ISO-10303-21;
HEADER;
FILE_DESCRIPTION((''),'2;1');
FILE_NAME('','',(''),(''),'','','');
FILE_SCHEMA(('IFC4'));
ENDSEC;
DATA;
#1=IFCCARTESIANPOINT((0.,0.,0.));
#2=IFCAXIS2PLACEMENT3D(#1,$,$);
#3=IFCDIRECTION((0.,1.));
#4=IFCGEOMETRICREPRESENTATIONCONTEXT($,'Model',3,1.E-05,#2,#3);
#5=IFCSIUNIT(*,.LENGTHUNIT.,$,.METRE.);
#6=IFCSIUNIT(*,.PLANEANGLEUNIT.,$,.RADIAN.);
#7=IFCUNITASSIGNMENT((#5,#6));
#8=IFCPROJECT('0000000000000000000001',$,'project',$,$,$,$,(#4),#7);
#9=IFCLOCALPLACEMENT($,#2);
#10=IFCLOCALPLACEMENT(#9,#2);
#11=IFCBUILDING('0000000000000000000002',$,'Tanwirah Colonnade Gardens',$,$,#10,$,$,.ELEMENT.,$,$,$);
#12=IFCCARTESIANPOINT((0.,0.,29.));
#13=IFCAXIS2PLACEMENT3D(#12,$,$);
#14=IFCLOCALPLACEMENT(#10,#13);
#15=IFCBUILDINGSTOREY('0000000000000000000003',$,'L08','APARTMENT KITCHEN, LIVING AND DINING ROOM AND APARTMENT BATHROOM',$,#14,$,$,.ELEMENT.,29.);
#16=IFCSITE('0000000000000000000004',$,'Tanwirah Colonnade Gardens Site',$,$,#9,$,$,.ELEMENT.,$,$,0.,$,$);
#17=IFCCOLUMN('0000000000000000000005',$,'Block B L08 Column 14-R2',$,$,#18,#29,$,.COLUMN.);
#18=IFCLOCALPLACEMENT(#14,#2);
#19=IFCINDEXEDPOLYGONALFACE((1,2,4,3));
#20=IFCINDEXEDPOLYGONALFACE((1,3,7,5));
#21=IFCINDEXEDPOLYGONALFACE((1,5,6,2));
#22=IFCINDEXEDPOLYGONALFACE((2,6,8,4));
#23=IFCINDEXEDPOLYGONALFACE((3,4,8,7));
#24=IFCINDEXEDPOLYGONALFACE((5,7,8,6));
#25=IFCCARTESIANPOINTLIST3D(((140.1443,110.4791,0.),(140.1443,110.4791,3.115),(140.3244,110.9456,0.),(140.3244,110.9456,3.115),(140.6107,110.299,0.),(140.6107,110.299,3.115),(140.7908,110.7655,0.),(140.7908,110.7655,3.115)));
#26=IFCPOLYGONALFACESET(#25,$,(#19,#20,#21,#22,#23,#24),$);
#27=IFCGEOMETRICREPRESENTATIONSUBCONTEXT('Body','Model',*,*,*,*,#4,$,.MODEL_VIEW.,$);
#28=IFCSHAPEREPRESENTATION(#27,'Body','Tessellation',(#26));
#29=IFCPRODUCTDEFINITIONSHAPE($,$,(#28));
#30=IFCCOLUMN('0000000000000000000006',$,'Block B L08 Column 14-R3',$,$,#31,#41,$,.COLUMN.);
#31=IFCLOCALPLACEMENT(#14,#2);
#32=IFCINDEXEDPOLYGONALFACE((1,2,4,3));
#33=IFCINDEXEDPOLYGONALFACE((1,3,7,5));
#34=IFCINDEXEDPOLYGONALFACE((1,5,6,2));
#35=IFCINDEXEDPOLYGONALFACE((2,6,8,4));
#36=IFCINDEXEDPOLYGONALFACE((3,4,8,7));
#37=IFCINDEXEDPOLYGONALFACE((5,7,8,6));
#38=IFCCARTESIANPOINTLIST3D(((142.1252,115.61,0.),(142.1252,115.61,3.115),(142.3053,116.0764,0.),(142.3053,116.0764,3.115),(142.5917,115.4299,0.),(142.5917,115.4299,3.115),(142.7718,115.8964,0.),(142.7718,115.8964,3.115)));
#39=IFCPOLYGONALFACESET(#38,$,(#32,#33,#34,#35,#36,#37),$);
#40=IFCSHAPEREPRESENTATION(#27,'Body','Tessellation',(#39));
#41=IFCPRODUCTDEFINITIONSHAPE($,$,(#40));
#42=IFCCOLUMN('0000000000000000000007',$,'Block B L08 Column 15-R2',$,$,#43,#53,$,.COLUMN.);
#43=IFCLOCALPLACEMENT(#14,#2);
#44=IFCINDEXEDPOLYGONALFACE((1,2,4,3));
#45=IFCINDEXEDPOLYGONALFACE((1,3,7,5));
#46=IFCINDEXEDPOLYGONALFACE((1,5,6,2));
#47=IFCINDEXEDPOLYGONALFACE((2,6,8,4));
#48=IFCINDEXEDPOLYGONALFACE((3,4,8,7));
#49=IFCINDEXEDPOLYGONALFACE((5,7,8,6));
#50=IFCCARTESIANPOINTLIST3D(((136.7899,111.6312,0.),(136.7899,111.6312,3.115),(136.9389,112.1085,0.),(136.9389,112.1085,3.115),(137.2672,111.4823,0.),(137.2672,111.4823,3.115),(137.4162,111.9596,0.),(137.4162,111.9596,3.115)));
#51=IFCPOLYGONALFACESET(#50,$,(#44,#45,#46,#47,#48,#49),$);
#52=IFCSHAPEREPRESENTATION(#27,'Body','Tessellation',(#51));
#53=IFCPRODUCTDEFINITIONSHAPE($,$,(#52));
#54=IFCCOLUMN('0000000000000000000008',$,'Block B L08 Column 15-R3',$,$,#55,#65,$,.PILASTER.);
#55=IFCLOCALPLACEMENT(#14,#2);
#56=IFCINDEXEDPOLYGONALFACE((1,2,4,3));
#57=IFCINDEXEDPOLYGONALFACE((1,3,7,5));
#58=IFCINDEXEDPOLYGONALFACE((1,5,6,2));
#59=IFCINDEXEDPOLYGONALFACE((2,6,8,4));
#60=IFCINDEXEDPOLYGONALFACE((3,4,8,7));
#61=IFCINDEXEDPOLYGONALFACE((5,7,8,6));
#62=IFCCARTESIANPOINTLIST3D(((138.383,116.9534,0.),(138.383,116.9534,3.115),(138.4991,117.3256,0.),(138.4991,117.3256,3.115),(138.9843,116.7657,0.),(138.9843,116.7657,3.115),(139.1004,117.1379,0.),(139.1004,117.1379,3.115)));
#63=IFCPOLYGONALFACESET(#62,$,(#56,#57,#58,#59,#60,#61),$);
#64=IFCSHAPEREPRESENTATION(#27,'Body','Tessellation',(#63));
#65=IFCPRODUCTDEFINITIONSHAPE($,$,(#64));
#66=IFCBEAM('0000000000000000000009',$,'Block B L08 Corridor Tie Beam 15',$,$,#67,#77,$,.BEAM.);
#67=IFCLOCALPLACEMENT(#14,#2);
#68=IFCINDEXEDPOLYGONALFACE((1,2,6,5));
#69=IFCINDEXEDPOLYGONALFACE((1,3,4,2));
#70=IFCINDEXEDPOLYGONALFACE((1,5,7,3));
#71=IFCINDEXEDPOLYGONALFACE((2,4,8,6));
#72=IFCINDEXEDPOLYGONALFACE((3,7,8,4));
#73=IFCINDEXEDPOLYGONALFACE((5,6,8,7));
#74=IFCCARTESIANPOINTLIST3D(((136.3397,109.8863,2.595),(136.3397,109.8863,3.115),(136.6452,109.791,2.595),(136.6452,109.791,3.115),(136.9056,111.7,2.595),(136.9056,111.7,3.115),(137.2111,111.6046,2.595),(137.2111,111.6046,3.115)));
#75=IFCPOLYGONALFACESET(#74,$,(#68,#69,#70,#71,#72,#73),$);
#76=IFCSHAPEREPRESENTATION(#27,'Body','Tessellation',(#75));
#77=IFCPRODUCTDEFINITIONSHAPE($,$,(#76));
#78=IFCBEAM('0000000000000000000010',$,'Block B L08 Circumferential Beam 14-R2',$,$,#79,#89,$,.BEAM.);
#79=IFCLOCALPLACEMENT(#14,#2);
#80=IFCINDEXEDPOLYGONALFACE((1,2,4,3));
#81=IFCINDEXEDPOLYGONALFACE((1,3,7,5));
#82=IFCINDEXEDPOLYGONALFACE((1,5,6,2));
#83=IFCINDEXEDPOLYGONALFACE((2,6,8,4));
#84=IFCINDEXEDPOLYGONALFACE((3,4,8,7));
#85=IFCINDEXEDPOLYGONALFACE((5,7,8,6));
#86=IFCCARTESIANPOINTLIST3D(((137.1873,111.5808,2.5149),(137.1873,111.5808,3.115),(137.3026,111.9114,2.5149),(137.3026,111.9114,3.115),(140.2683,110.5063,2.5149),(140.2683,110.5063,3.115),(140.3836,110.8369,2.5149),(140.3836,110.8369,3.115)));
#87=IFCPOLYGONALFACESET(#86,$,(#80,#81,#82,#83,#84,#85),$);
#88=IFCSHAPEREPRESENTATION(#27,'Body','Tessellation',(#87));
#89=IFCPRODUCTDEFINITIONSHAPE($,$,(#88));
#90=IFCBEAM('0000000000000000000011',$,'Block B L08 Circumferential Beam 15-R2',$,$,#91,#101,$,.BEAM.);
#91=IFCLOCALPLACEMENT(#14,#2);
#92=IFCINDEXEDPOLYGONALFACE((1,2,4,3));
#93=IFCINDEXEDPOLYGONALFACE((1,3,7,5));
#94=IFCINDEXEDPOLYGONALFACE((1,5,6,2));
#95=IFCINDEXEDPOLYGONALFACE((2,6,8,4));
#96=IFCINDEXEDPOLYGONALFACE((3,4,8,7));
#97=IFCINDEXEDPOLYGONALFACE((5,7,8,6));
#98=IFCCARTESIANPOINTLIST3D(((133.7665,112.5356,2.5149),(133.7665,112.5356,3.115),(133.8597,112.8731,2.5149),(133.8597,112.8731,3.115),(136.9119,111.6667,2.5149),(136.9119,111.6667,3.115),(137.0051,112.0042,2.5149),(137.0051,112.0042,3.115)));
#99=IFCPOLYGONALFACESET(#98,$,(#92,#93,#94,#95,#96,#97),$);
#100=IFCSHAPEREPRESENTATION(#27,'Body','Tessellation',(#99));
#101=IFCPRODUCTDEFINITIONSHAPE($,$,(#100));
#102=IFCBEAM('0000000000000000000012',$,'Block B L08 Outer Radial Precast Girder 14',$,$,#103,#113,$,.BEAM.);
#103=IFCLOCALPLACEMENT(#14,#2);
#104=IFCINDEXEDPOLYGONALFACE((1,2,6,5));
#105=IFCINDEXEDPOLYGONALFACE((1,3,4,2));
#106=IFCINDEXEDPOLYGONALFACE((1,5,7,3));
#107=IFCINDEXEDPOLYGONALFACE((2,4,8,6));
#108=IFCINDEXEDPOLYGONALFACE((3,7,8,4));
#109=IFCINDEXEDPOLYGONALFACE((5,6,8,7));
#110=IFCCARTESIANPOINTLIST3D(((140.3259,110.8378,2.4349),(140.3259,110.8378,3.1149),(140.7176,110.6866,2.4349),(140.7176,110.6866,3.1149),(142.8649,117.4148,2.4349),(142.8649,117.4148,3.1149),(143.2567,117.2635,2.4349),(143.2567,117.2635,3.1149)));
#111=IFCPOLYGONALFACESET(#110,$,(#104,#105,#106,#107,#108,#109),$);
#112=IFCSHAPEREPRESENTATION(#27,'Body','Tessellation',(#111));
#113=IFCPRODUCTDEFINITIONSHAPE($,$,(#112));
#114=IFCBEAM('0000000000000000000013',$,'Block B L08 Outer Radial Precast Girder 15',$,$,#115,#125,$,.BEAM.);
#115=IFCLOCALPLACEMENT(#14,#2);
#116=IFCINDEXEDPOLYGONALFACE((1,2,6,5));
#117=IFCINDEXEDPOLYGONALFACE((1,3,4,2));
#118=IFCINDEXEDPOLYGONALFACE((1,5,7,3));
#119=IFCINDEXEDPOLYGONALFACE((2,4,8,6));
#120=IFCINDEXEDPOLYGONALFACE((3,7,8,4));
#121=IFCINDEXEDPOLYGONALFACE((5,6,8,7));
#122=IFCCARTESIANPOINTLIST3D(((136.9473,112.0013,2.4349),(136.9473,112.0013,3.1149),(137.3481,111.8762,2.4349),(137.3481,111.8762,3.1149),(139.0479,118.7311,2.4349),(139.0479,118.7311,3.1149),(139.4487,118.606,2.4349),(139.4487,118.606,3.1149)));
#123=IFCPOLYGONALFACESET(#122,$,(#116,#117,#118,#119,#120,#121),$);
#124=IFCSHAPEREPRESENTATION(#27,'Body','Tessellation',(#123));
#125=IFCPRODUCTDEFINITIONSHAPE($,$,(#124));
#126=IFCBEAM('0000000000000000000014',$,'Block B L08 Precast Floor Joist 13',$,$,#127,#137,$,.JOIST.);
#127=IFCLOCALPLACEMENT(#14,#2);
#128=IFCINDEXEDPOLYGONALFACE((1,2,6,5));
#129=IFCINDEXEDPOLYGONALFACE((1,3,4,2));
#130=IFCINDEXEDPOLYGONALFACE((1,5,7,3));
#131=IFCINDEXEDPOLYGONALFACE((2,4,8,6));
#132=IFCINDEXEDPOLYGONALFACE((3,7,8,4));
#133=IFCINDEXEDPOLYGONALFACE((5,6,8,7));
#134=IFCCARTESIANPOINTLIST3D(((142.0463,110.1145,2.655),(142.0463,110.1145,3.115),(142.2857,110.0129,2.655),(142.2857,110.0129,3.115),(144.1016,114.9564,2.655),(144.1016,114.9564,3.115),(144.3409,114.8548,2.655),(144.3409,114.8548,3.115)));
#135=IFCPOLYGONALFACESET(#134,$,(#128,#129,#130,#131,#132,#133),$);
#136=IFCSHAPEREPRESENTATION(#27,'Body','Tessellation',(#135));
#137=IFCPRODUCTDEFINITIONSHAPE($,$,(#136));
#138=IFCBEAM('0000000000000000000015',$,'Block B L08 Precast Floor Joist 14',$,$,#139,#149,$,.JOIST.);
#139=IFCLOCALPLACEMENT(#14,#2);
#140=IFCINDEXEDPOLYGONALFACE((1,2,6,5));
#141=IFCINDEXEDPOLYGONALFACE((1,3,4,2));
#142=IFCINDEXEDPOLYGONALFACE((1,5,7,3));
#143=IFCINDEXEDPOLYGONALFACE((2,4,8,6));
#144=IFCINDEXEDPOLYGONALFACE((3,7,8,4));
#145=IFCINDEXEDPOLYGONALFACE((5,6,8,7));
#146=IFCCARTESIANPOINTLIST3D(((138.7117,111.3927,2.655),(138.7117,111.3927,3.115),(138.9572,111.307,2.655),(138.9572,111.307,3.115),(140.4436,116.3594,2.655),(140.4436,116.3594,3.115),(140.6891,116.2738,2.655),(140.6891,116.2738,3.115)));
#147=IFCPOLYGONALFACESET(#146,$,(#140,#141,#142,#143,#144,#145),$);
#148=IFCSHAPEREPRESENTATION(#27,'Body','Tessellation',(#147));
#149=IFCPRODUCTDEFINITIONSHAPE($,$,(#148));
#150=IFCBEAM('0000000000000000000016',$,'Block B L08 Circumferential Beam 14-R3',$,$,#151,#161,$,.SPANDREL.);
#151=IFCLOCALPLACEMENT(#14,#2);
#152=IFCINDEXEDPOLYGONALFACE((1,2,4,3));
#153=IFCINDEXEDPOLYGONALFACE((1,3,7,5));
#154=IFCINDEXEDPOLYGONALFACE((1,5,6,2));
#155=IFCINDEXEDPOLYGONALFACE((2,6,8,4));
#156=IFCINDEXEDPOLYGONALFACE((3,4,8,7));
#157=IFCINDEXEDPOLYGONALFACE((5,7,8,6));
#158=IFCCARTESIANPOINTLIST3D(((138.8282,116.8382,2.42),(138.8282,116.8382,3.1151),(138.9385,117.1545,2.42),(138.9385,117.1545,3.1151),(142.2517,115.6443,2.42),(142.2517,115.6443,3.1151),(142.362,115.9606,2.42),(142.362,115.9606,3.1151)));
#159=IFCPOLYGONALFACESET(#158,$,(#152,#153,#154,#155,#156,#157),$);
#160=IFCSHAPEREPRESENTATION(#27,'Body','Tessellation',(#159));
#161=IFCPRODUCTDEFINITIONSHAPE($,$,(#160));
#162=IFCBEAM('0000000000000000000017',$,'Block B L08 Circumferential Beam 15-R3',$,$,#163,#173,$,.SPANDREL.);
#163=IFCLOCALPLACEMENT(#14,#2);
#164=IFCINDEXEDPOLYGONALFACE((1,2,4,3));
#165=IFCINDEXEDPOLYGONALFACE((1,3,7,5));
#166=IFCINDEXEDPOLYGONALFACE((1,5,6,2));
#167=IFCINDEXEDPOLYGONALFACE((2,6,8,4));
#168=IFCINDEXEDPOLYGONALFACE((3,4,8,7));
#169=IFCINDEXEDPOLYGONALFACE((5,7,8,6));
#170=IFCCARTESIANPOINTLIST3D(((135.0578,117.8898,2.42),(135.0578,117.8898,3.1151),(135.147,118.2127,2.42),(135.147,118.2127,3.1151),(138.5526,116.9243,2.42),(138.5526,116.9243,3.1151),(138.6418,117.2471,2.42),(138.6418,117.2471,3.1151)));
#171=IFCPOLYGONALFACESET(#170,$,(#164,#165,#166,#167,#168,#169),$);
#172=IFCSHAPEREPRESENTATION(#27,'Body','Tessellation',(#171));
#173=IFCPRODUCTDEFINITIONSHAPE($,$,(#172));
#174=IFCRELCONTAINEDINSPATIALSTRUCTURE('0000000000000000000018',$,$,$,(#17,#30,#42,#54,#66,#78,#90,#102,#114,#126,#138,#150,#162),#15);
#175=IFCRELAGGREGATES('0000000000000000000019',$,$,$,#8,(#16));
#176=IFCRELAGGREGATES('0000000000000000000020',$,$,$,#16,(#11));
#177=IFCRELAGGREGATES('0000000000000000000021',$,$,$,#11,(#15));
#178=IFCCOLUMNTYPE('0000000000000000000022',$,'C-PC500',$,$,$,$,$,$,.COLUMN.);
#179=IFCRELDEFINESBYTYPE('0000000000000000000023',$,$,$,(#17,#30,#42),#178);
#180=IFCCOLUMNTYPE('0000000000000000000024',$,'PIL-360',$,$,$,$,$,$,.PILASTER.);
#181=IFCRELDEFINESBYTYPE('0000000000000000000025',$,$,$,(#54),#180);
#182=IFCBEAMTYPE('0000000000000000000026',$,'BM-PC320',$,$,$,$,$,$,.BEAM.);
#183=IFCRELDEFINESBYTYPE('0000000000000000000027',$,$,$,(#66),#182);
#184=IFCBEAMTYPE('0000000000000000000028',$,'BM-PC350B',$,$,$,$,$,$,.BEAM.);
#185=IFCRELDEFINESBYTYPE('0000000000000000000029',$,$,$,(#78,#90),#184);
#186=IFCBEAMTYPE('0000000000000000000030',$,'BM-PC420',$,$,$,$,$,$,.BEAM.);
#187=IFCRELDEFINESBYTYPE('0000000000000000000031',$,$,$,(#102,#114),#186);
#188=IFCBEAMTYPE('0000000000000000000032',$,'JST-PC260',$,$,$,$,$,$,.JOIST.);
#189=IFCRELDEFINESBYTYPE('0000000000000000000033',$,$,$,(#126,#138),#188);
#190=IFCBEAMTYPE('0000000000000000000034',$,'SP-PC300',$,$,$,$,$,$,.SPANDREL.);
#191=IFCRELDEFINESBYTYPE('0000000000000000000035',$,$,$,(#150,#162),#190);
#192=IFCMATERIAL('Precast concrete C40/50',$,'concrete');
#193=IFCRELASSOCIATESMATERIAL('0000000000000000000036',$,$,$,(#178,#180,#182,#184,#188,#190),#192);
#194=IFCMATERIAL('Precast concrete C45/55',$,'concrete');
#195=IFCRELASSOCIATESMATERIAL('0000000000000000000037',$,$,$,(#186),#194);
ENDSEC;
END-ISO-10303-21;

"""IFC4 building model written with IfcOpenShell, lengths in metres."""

from ifc_helpers import new_model, si_unit, direction, frame, origin, origin_2d, place, context, subcontext, project, spatial, rectangle, extrude, material, material_profile, profile_set, type_object, element, save


model = new_model("IFC4")

# Units and contexts
model_context = context("Model", 3, precision=1e-05, world=origin(), true_north=direction((0.0, 1.0)))
body_context = subcontext(model_context, "Body", "Model", "MODEL_VIEW")
ifc_project = project(units=[si_unit("LENGTHUNIT", "METRE"), si_unit("PLANEANGLEUNIT", "RADIAN")], contexts=[model_context])

# Site, building, storey
site_placement = place(None, origin())
site = spatial("IfcSite", under=ifc_project, at=site_placement, Name="Tanwirah Colonnade Gardens Site", CompositionType="ELEMENT", RefElevation=0.0)
building_placement = place(site_placement, origin())
building = spatial("IfcBuilding", under=site, at=building_placement, Name="Tanwirah Colonnade Gardens", CompositionType="ELEMENT")
storey_placement = place(building_placement, frame((0.0, 0.0, 29.0)))
storey = spatial("IfcBuildingStorey", under=building, at=storey_placement, Name="L08", Description="APARTMENT KITCHEN, LIVING AND DINING ROOM AND APARTMENT BATHROOM", CompositionType="ELEMENT", Elevation=29.0)

# Columns
ifc_material_1 = material(Name="Precast concrete C40/50", Category="concrete")
ifc_material_profile_1 = material_profile(ifc_material_1, rectangle(XDim=0.5, YDim=0.5, at=origin_2d()), Name="PC-COL 500x500")
ifc_profile_set_1 = profile_set([ifc_material_profile_1], Name="Precast concrete C40/50")
column_type_1 = type_object("IfcColumnType", Name="C-PC500", PredefinedType="COLUMN", material=ifc_profile_set_1)
for number, where, z_axis, x_axis, name in (
    (1, (140.4675, 110.6223, 0.0), (0.0, 0.0, 1.0), (0.360178, 0.932884, 0.0), "Block B L08 Column 14-R2"),
    (2, (142.4485, 115.7532, 0.0), (0.0, 0.0, 1.0), (0.360178, 0.932884, 0.0), "Block B L08 Column 14-R3"),
    (3, (137.103, 111.7954, 0.0), (0.0, 0.0, 1.0), (0.29793, 0.954588, 0.0), "Block B L08 Column 15-R2"),
):
    element("IfcColumn", number, at=place(storey_placement, frame(where, z_axis=z_axis, x_axis=x_axis)), inside=storey, type_object=column_type_1, Name=name, PredefinedType="COLUMN", context=body_context, shape_type="SweptSolid", body=[
        extrude(rectangle(XDim=0.5, YDim=0.5, at=origin_2d()), origin(), (0.0, 0.0, 1.0), 3.115),
    ])
ifc_material_profile_2 = material_profile(ifc_material_1, rectangle(XDim=0.3899, YDim=0.6299, at=origin_2d()), Name="PC-PIL 390x630")
ifc_profile_set_2 = profile_set([ifc_material_profile_2], Name="Precast concrete C40/50")
column_type_2 = type_object("IfcColumnType", Name="PIL-360", PredefinedType="PILASTER", material=ifc_profile_set_2)
column_placement = place(storey_placement, frame((138.7417, 117.0457, 0.0), z_axis=(0.0, 0.0, 1.0), x_axis=(0.29793, 0.954588, 0.0)))
element("IfcColumn", 4, at=column_placement, inside=storey, type_object=column_type_2, Name="Block B L08 Column 15-R3", PredefinedType="PILASTER", context=body_context, shape_type="SweptSolid", body=[
    extrude(rectangle(XDim=0.3899, YDim=0.6299, at=origin_2d()), origin(), (0.0, 0.0, 1.0), 3.115),
])

# Beams
ifc_material_profile_3 = material_profile(ifc_material_1, rectangle(XDim=0.3201, YDim=0.52, at=origin_2d()), Name="PC-BM 320x520")
ifc_profile_set_3 = profile_set([ifc_material_profile_3], Name="Precast concrete C40/50")
beam_type_1 = type_object("IfcBeamType", Name="BM-PC320", PredefinedType="BEAM", material=ifc_profile_set_3)
beam_1_placement = place(storey_placement, frame((136.4924, 109.8386, 2.855), z_axis=(0.297858, 0.95461, 0.0), x_axis=(-0.95461, 0.297858, 0.0)))
element("IfcBeam", 5, at=beam_1_placement, inside=storey, type_object=beam_type_1, Name="Block B L08 Corridor Tie Beam 15", PredefinedType="BEAM", context=body_context, shape_type="SweptSolid", body=[
    extrude(rectangle(XDim=0.3201, YDim=0.52, at=origin_2d()), origin(), (0.0, 0.0, 1.0), 1.8999),
])
ifc_material_profile_4 = material_profile(ifc_material_1, rectangle(XDim=0.3501, YDim=0.6001, at=origin_2d()), Name="PC-BM 350x600")
ifc_profile_set_4 = profile_set([ifc_material_profile_4], Name="Precast concrete C40/50")
beam_type_2 = type_object("IfcBeamType", Name="BM-PC350B", PredefinedType="BEAM", material=ifc_profile_set_4)
beam_2_placement = place(storey_placement, frame((140.3259, 110.6716, 2.8149), z_axis=(-0.944231, 0.329284, 0.0), x_axis=(-0.329284, -0.944231, 0.0)))
element("IfcBeam", 6, at=beam_2_placement, inside=storey, type_object=beam_type_2, Name="Block B L08 Circumferential Beam 14-R2", PredefinedType="BEAM", context=body_context, shape_type="SweptSolid", body=[
    extrude(rectangle(XDim=0.3501, YDim=0.6001, at=origin_2d()), origin(), (0.0, 0.0, 1.0), 3.2629),
])
beam_3_placement = place(storey_placement, frame((136.9585, 111.8354, 2.8149), z_axis=(-0.963895, 0.266281, 0.0), x_axis=(-0.266281, -0.963895, 0.0)))
element("IfcBeam", 7, at=beam_3_placement, inside=storey, type_object=beam_type_2, Name="Block B L08 Circumferential Beam 15-R2", PredefinedType="BEAM", context=body_context, shape_type="SweptSolid", body=[
    extrude(rectangle(XDim=0.3501, YDim=0.6001, at=origin_2d()), origin(), (0.0, 0.0, 1.0), 3.2632),
])
ifc_material_2 = material(Name="Precast concrete C45/55", Category="concrete")
ifc_material_profile_5 = material_profile(ifc_material_2, rectangle(XDim=0.4199, YDim=0.6799, at=origin_2d()), Name="PC-BM 420x680")
ifc_profile_set_5 = profile_set([ifc_material_profile_5], Name="Precast concrete C45/55")
beam_type_3 = type_object("IfcBeamType", Name="BM-PC420", PredefinedType="BEAM", material=ifc_profile_set_5)
for number, where, z_axis, x_axis, name in (
    (8, (140.5217, 110.7622, 2.7749), (0.360151, 0.932894, 0.0), (-0.932894, 0.360151, 0.0), "Block B L08 Outer Radial Precast Girder 14"),
    (9, (137.1477, 111.9387, 2.7749), (0.297958, 0.954579, 0.0), (-0.954579, 0.297958, 0.0), "Block B L08 Outer Radial Precast Girder 15"),
):
    element("IfcBeam", number, at=place(storey_placement, frame(where, z_axis=z_axis, x_axis=x_axis)), inside=storey, type_object=beam_type_3, Name=name, PredefinedType="BEAM", context=body_context, shape_type="SweptSolid", body=[
        extrude(rectangle(XDim=0.4199, YDim=0.6799, at=origin_2d()), origin(), (0.0, 0.0, 1.0), 7.05),
    ])
ifc_material_profile_6 = material_profile(ifc_material_1, rectangle(XDim=0.26, YDim=0.46, at=origin_2d()), Name="PC-JST 260x460")
ifc_profile_set_6 = profile_set([ifc_material_profile_6], Name="Precast concrete C40/50")
beam_type_4 = type_object("IfcBeamType", Name="JST-PC260", PredefinedType="JOIST", material=ifc_profile_set_6)
for number, where, z_axis, x_axis, name in (
    (10, (142.166, 110.0637, 2.885), (0.390724, 0.920508, 0.0), (-0.920508, 0.390724, 0.0), "Block B L08 Precast Floor Joist 13"),
    (11, (138.8345, 111.3499, 2.885), (0.329259, 0.94424, 0.0), (-0.94424, 0.329259, 0.0), "Block B L08 Precast Floor Joist 14"),
):
    element("IfcBeam", number, at=place(storey_placement, frame(where, z_axis=z_axis, x_axis=x_axis)), inside=storey, type_object=beam_type_4, Name=name, PredefinedType="JOIST", context=body_context, shape_type="SweptSolid", body=[
        extrude(rectangle(XDim=0.26, YDim=0.46, at=origin_2d()), origin(), (0.0, 0.0, 1.0), 5.26),
    ])
ifc_material_profile_7 = material_profile(ifc_material_1, rectangle(XDim=0.335, YDim=0.6951, at=origin_2d()), Name="PC-SP 335x695")
ifc_profile_set_7 = profile_set([ifc_material_profile_7], Name="Precast concrete C40/50")
beam_type_5 = type_object("IfcBeamType", Name="SP-PC300", PredefinedType="SPANDREL", material=ifc_profile_set_7)
for number, where, z_axis, x_axis, name in (
    (12, (142.3069, 115.8025, 2.7676), (-0.944237, 0.329267, 0.0), (-0.329267, -0.944237, 0.0), "Block B L08 Circumferential Beam 14-R3"),
    (13, (138.5972, 117.0857, 2.7676), (-0.963888, 0.266307, 0.0), (-0.266307, -0.963888, 0.0), "Block B L08 Circumferential Beam 15-R3"),
):
    element("IfcBeam", number, at=place(storey_placement, frame(where, z_axis=z_axis, x_axis=x_axis)), inside=storey, type_object=beam_type_5, Name=name, PredefinedType="SPANDREL", context=body_context, shape_type="SweptSolid", body=[
        extrude(rectangle(XDim=0.335, YDim=0.6951, at=origin_2d()), origin(), (0.0, 0.0, 1.0), 3.6257),
    ])

save(model, "model.ifc")
